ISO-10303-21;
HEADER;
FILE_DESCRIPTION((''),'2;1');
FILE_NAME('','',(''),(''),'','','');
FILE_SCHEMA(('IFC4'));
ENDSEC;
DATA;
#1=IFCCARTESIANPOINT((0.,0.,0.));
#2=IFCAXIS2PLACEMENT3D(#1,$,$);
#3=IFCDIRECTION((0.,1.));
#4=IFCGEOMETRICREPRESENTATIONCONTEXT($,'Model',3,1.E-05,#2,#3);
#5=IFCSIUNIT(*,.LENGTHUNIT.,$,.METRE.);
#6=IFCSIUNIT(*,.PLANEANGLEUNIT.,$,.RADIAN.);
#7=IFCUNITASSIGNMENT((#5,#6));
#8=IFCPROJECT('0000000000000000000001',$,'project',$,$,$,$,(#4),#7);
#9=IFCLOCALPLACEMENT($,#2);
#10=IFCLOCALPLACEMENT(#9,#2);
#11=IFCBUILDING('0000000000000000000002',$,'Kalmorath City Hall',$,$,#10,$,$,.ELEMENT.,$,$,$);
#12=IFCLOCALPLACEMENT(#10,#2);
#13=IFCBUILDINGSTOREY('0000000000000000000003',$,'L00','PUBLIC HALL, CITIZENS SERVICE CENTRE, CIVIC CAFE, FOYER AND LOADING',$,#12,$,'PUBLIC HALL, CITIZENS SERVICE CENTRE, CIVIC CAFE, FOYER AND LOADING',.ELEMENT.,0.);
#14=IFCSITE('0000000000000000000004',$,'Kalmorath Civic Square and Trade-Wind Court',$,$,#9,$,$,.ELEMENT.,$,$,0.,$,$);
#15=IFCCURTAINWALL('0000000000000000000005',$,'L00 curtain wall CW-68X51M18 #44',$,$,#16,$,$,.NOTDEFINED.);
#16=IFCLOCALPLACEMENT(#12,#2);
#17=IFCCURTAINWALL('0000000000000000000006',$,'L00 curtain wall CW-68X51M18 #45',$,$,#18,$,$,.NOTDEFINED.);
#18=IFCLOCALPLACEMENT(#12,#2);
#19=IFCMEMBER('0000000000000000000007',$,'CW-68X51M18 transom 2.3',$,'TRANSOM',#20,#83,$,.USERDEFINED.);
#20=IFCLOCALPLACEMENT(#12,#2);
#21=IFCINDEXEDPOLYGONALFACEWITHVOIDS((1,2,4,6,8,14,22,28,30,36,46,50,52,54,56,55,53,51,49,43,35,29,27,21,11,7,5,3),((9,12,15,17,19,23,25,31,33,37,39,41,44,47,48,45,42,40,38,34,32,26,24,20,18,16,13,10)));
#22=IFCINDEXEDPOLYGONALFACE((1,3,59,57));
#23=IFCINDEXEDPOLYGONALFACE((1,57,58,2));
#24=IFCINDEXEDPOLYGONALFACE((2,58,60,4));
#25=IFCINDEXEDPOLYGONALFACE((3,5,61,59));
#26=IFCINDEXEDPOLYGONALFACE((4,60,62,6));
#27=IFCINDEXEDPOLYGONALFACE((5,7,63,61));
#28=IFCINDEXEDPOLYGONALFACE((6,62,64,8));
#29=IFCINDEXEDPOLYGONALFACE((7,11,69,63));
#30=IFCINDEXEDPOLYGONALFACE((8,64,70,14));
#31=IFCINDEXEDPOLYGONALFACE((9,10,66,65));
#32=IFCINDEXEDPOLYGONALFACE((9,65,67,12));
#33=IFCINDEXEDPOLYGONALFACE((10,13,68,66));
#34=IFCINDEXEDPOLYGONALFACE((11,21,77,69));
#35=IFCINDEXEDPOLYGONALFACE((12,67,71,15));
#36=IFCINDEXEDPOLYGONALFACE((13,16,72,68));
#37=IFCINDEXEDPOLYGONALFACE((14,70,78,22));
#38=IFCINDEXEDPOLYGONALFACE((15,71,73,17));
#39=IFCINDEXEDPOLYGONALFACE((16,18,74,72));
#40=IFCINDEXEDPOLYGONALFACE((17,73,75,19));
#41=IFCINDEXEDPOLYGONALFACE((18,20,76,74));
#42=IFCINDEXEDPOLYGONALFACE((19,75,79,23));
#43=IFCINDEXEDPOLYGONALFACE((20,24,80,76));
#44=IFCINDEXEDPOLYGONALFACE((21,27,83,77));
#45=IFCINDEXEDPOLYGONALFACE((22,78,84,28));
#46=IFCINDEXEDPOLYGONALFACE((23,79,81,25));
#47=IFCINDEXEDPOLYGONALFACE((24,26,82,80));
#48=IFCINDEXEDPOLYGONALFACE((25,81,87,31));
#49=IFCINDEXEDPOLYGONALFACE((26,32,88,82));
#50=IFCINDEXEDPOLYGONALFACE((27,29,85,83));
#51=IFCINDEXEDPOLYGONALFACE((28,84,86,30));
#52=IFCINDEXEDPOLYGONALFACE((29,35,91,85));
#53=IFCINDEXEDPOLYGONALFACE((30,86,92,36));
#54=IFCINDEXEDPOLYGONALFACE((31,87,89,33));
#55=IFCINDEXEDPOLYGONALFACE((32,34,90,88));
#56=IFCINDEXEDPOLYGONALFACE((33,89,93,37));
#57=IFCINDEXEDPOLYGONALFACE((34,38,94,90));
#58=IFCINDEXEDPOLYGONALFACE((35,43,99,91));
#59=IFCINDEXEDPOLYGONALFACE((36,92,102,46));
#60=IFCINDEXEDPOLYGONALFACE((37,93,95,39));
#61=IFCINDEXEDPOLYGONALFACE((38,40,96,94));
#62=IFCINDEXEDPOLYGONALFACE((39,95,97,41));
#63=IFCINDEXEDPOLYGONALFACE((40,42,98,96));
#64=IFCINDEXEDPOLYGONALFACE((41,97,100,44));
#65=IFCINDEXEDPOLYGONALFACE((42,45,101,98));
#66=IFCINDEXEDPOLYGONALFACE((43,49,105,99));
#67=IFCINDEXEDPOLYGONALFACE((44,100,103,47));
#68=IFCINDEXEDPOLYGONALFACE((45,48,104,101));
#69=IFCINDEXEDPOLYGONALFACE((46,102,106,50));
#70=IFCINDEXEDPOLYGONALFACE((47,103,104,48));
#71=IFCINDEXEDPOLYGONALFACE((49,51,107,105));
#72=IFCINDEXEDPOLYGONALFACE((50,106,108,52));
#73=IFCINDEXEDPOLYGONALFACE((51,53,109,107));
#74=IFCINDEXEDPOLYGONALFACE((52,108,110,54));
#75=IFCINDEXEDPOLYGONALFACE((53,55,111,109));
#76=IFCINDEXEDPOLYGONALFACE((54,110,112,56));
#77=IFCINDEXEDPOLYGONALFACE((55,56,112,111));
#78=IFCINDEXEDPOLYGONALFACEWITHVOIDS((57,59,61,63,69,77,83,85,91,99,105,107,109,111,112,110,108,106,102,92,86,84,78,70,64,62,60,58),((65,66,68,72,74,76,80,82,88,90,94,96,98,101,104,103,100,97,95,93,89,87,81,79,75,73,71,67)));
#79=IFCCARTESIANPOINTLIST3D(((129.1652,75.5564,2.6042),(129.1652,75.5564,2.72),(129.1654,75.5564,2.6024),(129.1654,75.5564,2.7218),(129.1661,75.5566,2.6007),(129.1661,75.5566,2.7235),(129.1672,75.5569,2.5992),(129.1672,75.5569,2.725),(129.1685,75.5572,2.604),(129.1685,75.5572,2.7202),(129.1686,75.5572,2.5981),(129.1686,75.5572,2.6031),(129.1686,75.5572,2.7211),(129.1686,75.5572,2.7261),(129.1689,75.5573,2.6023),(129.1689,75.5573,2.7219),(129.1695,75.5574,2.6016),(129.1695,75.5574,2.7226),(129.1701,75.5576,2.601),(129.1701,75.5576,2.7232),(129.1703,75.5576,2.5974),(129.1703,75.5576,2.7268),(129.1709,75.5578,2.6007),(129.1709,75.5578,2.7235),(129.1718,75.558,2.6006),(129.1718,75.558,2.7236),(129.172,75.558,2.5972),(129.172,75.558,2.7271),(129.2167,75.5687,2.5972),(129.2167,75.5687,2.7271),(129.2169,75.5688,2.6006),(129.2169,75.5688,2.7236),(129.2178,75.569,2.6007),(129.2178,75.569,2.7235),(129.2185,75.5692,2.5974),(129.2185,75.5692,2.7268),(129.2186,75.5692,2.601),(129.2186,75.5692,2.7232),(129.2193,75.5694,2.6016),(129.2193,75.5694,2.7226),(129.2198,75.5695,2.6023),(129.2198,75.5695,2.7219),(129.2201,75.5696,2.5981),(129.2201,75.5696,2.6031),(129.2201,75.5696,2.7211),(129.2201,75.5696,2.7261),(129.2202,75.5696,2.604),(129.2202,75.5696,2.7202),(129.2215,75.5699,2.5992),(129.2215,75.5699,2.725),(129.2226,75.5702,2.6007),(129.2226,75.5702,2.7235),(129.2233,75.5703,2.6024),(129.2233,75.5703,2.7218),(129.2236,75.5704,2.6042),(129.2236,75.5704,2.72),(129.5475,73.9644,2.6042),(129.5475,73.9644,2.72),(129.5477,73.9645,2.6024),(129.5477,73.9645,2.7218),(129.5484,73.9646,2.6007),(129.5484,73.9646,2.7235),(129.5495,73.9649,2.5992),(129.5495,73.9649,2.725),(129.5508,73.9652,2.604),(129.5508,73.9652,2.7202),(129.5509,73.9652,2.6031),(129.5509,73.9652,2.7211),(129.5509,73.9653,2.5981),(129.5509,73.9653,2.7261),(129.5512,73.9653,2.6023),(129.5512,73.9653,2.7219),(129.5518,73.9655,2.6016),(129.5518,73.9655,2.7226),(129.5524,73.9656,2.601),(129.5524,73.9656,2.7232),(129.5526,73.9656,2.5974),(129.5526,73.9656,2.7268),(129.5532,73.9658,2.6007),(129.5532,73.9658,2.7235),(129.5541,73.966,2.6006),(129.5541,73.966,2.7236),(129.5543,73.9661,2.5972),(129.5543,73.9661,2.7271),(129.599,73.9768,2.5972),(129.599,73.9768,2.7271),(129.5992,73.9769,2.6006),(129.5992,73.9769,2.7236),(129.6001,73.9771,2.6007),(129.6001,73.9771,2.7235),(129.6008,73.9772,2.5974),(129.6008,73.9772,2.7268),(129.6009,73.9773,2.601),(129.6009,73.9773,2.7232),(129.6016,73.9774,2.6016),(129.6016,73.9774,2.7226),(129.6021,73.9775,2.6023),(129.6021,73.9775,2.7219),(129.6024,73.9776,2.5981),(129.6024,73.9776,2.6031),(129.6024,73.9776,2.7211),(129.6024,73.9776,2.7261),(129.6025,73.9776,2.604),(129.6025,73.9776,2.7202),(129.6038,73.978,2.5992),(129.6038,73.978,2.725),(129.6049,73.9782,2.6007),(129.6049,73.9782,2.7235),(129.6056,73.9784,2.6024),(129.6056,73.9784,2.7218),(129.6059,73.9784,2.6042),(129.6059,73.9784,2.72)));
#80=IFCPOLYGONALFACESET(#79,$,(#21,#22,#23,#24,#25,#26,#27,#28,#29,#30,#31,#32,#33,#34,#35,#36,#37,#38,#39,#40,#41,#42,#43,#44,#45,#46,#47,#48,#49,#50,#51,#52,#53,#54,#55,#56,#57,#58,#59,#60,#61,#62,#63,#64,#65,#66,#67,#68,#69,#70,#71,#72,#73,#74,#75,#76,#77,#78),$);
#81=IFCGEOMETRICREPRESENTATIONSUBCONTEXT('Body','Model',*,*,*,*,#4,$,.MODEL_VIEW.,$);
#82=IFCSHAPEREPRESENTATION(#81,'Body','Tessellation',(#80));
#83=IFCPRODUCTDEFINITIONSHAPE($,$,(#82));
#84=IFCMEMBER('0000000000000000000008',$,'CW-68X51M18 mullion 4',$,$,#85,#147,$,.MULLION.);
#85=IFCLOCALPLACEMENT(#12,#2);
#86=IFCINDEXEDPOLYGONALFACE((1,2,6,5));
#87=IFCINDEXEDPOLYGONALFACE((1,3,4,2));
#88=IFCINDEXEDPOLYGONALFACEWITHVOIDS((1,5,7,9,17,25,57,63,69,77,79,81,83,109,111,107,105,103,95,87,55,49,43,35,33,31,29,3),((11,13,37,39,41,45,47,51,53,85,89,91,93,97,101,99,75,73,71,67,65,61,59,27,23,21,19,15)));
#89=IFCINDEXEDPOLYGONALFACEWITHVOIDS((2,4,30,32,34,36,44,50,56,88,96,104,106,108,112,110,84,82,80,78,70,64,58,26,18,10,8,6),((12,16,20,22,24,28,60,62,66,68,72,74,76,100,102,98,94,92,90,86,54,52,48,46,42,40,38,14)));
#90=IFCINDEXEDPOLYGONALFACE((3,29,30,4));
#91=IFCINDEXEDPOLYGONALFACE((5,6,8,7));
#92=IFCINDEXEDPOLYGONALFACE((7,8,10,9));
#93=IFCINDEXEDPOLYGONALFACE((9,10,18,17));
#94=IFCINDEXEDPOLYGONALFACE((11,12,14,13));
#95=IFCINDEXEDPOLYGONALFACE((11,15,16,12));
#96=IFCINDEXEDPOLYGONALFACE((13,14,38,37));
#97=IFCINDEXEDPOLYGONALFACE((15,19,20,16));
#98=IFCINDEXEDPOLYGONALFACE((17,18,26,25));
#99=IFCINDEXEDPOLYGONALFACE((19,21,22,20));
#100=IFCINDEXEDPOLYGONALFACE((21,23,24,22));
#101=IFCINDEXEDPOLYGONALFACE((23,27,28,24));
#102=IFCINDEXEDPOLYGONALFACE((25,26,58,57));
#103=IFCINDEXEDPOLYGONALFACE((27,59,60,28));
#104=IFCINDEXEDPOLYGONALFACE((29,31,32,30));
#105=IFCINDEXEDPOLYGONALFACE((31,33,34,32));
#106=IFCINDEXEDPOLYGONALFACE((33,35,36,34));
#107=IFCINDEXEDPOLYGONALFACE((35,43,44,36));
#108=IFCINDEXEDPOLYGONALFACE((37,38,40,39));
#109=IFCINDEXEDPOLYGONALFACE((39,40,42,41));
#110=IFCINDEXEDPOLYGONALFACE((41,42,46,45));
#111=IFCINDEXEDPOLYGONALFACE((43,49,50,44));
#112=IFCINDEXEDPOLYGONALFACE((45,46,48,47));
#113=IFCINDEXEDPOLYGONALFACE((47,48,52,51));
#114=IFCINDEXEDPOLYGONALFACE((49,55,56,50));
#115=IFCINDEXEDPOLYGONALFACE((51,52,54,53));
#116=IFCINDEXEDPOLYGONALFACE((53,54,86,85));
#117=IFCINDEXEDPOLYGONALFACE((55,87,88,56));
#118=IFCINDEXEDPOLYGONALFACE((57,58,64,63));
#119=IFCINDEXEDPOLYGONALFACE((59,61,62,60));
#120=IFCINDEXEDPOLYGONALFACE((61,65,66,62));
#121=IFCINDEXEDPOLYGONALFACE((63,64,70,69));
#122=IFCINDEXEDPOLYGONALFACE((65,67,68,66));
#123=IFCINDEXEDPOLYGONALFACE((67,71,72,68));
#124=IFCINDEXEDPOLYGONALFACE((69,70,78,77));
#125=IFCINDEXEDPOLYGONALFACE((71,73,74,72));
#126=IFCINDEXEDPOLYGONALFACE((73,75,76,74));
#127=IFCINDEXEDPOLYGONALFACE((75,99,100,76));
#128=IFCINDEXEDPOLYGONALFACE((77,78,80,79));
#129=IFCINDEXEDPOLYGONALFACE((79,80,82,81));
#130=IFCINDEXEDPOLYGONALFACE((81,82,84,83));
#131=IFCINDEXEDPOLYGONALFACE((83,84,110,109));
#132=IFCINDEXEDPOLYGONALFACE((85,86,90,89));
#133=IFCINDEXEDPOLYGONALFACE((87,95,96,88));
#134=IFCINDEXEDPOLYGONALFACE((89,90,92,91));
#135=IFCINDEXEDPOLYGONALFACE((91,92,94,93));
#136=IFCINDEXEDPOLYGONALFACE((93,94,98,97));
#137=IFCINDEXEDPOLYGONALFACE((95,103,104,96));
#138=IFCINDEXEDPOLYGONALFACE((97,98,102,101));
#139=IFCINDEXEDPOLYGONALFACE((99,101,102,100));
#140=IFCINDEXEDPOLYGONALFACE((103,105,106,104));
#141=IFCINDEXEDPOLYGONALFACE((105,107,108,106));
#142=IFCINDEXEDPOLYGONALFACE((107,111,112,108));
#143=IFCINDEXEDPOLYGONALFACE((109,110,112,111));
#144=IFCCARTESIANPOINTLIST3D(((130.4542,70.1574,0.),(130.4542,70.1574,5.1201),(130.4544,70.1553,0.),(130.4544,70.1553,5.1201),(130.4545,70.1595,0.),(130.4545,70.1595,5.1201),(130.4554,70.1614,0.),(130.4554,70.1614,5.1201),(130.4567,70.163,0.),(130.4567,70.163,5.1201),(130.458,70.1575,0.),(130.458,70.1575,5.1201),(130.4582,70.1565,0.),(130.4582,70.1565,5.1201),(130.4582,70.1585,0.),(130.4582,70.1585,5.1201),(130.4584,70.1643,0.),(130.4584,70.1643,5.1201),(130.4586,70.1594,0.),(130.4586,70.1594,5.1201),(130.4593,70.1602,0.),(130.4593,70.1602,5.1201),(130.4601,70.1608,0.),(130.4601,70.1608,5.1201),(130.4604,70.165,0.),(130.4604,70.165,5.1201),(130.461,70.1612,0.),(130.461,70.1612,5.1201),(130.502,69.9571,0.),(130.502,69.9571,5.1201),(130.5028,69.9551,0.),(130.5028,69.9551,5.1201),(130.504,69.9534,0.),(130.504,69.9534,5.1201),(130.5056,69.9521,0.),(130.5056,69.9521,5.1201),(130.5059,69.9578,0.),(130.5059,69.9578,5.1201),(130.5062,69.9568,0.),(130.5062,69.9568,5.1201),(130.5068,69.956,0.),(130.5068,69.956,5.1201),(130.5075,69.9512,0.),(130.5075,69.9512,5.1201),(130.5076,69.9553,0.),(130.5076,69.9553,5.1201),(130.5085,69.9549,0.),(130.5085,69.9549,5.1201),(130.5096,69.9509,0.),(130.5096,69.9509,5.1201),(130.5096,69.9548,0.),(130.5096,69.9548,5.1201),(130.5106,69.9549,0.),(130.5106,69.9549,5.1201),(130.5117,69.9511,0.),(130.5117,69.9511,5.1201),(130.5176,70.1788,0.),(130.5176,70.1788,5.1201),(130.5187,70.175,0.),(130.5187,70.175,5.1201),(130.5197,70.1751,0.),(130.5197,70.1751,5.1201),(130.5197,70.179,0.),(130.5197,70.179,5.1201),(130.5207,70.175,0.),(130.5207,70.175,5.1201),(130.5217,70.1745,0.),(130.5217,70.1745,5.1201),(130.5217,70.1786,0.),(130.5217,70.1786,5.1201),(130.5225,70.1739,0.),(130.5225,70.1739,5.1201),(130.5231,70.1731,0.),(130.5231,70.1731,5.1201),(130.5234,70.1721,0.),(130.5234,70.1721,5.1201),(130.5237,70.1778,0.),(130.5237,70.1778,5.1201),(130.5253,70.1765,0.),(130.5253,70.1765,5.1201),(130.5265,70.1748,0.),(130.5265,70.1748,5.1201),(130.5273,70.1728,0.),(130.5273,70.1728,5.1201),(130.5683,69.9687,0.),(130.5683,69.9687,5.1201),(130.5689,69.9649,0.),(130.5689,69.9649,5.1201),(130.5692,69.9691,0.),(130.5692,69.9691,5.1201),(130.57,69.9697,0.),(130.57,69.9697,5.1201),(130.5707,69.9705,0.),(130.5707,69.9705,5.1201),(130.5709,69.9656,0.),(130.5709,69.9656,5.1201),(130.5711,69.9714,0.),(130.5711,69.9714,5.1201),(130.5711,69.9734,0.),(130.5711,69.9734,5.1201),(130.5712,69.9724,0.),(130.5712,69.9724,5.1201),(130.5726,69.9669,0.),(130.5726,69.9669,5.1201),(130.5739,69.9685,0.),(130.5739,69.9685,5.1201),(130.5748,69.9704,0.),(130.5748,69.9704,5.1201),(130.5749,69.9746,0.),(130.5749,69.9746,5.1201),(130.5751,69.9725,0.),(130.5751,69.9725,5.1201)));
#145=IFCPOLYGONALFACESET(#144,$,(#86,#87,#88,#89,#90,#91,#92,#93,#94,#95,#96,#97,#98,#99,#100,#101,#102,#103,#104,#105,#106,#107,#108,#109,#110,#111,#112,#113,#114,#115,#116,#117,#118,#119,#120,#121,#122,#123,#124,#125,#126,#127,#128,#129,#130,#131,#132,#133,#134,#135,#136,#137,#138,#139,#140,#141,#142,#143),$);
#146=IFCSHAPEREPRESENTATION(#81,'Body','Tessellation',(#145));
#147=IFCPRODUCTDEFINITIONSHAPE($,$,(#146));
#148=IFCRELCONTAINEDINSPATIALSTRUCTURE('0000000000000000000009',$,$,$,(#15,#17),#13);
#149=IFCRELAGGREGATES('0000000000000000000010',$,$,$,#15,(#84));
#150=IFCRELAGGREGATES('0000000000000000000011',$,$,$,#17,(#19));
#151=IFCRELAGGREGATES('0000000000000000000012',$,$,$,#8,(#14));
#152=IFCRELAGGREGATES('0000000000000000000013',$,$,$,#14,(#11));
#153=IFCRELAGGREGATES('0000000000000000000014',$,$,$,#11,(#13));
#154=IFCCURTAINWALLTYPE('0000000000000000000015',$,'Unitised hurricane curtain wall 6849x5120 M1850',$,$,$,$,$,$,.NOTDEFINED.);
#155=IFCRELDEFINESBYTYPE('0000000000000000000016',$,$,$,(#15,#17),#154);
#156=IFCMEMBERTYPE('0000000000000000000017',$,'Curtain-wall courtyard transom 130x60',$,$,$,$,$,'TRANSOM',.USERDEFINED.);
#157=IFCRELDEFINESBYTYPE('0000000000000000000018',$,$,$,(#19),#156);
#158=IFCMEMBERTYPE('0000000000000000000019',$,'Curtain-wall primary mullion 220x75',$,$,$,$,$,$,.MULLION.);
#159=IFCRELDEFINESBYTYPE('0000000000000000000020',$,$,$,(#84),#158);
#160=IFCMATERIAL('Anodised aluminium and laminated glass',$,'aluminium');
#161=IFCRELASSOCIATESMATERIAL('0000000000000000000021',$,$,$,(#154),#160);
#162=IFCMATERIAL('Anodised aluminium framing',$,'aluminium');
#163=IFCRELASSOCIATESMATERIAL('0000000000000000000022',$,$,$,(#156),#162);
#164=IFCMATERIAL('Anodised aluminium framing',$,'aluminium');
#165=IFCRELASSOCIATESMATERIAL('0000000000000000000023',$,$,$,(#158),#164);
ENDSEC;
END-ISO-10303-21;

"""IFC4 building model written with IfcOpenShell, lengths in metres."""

from ifc_helpers import new_model, si_unit, direction, frame, origin, origin_2d, place, context, subcontext, project, spatial, hollow_rectangle, extrude, material, material_profile, profile_set, type_object, element, aggregate, save


model = new_model("IFC4")

# Units and contexts
model_context = context("Model", 3, precision=1e-05, world=origin(), true_north=direction((0.0, 1.0)))
body_context = subcontext(model_context, "Body", "Model", "MODEL_VIEW")
ifc_project = project(units=[si_unit("LENGTHUNIT", "METRE"), si_unit("PLANEANGLEUNIT", "RADIAN")], contexts=[model_context])

# Site, building, storey
site_placement = place(None, origin())
site = spatial("IfcSite", under=ifc_project, at=site_placement, Name="Kalmorath Civic Square and Trade-Wind Court", CompositionType="ELEMENT", RefElevation=0.0)
building_placement = place(site_placement, origin())
building = spatial("IfcBuilding", under=site, at=building_placement, Name="Kalmorath City Hall", CompositionType="ELEMENT")
storey_placement = place(building_placement, origin())
storey = spatial("IfcBuildingStorey", under=building, at=storey_placement, Name="L00", Description="PUBLIC HALL, CITIZENS SERVICE CENTRE, CIVIC CAFE, FOYER AND LOADING", LongName="PUBLIC HALL, CITIZENS SERVICE CENTRE, CIVIC CAFE, FOYER AND LOADING", CompositionType="ELEMENT", Elevation=0.0)

# Curtain walls, member
ifc_material_1 = material(Name="Anodised aluminium and laminated glass", Category="aluminium")
curtain_wall_type = type_object("IfcCurtainWallType", Name="Unitised hurricane curtain wall 6849x5120 M1850", PredefinedType="NOTDEFINED", material=ifc_material_1)
curtain_wall_1_placement = place(storey_placement, origin())
curtain_wall_1 = element("IfcCurtainWall", 1, at=curtain_wall_1_placement, inside=storey, type_object=curtain_wall_type, Name="L00 curtain wall CW-68X51M18 #44", PredefinedType="NOTDEFINED")
ifc_material_2 = material(Name="Anodised aluminium framing", Category="aluminium")
ifc_material_profile_1 = material_profile(ifc_material_2, hollow_rectangle(XDim=0.0601, YDim=0.1299, WallThickness=0.0034, InnerFilletRadius=0.0034, OuterFilletRadius=0.0071, at=origin_2d()), Name="ALU-TRN-130X60X3.5")
ifc_profile_set_1 = profile_set([ifc_material_profile_1], Name="Anodised aluminium framing")
member_type_1 = type_object("IfcMemberType", Name="Curtain-wall courtyard transom 130x60", ElementType="TRANSOM", PredefinedType="USERDEFINED", material=ifc_profile_set_1)
curtain_wall_2_placement = place(storey_placement, origin())
curtain_wall_2 = element("IfcCurtainWall", 2, at=curtain_wall_2_placement, inside=storey, type_object=curtain_wall_type, Name="L00 curtain wall CW-68X51M18 #45", PredefinedType="NOTDEFINED")
member_1_placement = place(storey_placement, frame((129.5767, 73.9714, 2.6621), z_axis=(-0.233508, 0.972355, 0.0), x_axis=(-0.972355, -0.233508, 0.0)))
member_1 = element("IfcMember", 3, at=member_1_placement, type_object=member_type_1, Name="CW-68X51M18 transom 2.3", ObjectType="TRANSOM", PredefinedType="USERDEFINED", context=body_context, shape_type="SweptSolid", body=[
    extrude(hollow_rectangle(XDim=0.0601, YDim=0.1299, WallThickness=0.0034, InnerFilletRadius=0.0034, OuterFilletRadius=0.0071, at=origin_2d()), origin(), (0.0, 0.0, 1.0), 1.6372),
])

# Member
ifc_material_3 = material(Name="Anodised aluminium framing", Category="aluminium")
ifc_material_profile_2 = material_profile(ifc_material_3, hollow_rectangle(XDim=0.075, YDim=0.22, WallThickness=0.0039, InnerFilletRadius=0.0039, OuterFilletRadius=0.0081, at=origin_2d()), Name="ALU-MUL-220X75X4")
ifc_profile_set_2 = profile_set([ifc_material_profile_2], Name="Anodised aluminium framing")
member_type_2 = type_object("IfcMemberType", Name="Curtain-wall primary mullion 220x75", PredefinedType="MULLION", material=ifc_profile_set_2)
member_2_placement = place(storey_placement, frame((130.5146, 70.0649, 0.0), z_axis=(0.0, 0.0, 1.0), x_axis=(-0.972371, -0.233442, 0.0)))
member_2 = element("IfcMember", 4, at=member_2_placement, type_object=member_type_2, Name="CW-68X51M18 mullion 4", PredefinedType="MULLION", context=body_context, shape_type="SweptSolid", body=[
    extrude(hollow_rectangle(XDim=0.075, YDim=0.22, WallThickness=0.0039, InnerFilletRadius=0.0039, OuterFilletRadius=0.0081, at=origin_2d()), origin(), (0.0, 0.0, 1.0), 5.1201),
])

aggregate(curtain_wall_1, [member_2])
aggregate(curtain_wall_2, [member_1])

save(model, "model.ifc")
